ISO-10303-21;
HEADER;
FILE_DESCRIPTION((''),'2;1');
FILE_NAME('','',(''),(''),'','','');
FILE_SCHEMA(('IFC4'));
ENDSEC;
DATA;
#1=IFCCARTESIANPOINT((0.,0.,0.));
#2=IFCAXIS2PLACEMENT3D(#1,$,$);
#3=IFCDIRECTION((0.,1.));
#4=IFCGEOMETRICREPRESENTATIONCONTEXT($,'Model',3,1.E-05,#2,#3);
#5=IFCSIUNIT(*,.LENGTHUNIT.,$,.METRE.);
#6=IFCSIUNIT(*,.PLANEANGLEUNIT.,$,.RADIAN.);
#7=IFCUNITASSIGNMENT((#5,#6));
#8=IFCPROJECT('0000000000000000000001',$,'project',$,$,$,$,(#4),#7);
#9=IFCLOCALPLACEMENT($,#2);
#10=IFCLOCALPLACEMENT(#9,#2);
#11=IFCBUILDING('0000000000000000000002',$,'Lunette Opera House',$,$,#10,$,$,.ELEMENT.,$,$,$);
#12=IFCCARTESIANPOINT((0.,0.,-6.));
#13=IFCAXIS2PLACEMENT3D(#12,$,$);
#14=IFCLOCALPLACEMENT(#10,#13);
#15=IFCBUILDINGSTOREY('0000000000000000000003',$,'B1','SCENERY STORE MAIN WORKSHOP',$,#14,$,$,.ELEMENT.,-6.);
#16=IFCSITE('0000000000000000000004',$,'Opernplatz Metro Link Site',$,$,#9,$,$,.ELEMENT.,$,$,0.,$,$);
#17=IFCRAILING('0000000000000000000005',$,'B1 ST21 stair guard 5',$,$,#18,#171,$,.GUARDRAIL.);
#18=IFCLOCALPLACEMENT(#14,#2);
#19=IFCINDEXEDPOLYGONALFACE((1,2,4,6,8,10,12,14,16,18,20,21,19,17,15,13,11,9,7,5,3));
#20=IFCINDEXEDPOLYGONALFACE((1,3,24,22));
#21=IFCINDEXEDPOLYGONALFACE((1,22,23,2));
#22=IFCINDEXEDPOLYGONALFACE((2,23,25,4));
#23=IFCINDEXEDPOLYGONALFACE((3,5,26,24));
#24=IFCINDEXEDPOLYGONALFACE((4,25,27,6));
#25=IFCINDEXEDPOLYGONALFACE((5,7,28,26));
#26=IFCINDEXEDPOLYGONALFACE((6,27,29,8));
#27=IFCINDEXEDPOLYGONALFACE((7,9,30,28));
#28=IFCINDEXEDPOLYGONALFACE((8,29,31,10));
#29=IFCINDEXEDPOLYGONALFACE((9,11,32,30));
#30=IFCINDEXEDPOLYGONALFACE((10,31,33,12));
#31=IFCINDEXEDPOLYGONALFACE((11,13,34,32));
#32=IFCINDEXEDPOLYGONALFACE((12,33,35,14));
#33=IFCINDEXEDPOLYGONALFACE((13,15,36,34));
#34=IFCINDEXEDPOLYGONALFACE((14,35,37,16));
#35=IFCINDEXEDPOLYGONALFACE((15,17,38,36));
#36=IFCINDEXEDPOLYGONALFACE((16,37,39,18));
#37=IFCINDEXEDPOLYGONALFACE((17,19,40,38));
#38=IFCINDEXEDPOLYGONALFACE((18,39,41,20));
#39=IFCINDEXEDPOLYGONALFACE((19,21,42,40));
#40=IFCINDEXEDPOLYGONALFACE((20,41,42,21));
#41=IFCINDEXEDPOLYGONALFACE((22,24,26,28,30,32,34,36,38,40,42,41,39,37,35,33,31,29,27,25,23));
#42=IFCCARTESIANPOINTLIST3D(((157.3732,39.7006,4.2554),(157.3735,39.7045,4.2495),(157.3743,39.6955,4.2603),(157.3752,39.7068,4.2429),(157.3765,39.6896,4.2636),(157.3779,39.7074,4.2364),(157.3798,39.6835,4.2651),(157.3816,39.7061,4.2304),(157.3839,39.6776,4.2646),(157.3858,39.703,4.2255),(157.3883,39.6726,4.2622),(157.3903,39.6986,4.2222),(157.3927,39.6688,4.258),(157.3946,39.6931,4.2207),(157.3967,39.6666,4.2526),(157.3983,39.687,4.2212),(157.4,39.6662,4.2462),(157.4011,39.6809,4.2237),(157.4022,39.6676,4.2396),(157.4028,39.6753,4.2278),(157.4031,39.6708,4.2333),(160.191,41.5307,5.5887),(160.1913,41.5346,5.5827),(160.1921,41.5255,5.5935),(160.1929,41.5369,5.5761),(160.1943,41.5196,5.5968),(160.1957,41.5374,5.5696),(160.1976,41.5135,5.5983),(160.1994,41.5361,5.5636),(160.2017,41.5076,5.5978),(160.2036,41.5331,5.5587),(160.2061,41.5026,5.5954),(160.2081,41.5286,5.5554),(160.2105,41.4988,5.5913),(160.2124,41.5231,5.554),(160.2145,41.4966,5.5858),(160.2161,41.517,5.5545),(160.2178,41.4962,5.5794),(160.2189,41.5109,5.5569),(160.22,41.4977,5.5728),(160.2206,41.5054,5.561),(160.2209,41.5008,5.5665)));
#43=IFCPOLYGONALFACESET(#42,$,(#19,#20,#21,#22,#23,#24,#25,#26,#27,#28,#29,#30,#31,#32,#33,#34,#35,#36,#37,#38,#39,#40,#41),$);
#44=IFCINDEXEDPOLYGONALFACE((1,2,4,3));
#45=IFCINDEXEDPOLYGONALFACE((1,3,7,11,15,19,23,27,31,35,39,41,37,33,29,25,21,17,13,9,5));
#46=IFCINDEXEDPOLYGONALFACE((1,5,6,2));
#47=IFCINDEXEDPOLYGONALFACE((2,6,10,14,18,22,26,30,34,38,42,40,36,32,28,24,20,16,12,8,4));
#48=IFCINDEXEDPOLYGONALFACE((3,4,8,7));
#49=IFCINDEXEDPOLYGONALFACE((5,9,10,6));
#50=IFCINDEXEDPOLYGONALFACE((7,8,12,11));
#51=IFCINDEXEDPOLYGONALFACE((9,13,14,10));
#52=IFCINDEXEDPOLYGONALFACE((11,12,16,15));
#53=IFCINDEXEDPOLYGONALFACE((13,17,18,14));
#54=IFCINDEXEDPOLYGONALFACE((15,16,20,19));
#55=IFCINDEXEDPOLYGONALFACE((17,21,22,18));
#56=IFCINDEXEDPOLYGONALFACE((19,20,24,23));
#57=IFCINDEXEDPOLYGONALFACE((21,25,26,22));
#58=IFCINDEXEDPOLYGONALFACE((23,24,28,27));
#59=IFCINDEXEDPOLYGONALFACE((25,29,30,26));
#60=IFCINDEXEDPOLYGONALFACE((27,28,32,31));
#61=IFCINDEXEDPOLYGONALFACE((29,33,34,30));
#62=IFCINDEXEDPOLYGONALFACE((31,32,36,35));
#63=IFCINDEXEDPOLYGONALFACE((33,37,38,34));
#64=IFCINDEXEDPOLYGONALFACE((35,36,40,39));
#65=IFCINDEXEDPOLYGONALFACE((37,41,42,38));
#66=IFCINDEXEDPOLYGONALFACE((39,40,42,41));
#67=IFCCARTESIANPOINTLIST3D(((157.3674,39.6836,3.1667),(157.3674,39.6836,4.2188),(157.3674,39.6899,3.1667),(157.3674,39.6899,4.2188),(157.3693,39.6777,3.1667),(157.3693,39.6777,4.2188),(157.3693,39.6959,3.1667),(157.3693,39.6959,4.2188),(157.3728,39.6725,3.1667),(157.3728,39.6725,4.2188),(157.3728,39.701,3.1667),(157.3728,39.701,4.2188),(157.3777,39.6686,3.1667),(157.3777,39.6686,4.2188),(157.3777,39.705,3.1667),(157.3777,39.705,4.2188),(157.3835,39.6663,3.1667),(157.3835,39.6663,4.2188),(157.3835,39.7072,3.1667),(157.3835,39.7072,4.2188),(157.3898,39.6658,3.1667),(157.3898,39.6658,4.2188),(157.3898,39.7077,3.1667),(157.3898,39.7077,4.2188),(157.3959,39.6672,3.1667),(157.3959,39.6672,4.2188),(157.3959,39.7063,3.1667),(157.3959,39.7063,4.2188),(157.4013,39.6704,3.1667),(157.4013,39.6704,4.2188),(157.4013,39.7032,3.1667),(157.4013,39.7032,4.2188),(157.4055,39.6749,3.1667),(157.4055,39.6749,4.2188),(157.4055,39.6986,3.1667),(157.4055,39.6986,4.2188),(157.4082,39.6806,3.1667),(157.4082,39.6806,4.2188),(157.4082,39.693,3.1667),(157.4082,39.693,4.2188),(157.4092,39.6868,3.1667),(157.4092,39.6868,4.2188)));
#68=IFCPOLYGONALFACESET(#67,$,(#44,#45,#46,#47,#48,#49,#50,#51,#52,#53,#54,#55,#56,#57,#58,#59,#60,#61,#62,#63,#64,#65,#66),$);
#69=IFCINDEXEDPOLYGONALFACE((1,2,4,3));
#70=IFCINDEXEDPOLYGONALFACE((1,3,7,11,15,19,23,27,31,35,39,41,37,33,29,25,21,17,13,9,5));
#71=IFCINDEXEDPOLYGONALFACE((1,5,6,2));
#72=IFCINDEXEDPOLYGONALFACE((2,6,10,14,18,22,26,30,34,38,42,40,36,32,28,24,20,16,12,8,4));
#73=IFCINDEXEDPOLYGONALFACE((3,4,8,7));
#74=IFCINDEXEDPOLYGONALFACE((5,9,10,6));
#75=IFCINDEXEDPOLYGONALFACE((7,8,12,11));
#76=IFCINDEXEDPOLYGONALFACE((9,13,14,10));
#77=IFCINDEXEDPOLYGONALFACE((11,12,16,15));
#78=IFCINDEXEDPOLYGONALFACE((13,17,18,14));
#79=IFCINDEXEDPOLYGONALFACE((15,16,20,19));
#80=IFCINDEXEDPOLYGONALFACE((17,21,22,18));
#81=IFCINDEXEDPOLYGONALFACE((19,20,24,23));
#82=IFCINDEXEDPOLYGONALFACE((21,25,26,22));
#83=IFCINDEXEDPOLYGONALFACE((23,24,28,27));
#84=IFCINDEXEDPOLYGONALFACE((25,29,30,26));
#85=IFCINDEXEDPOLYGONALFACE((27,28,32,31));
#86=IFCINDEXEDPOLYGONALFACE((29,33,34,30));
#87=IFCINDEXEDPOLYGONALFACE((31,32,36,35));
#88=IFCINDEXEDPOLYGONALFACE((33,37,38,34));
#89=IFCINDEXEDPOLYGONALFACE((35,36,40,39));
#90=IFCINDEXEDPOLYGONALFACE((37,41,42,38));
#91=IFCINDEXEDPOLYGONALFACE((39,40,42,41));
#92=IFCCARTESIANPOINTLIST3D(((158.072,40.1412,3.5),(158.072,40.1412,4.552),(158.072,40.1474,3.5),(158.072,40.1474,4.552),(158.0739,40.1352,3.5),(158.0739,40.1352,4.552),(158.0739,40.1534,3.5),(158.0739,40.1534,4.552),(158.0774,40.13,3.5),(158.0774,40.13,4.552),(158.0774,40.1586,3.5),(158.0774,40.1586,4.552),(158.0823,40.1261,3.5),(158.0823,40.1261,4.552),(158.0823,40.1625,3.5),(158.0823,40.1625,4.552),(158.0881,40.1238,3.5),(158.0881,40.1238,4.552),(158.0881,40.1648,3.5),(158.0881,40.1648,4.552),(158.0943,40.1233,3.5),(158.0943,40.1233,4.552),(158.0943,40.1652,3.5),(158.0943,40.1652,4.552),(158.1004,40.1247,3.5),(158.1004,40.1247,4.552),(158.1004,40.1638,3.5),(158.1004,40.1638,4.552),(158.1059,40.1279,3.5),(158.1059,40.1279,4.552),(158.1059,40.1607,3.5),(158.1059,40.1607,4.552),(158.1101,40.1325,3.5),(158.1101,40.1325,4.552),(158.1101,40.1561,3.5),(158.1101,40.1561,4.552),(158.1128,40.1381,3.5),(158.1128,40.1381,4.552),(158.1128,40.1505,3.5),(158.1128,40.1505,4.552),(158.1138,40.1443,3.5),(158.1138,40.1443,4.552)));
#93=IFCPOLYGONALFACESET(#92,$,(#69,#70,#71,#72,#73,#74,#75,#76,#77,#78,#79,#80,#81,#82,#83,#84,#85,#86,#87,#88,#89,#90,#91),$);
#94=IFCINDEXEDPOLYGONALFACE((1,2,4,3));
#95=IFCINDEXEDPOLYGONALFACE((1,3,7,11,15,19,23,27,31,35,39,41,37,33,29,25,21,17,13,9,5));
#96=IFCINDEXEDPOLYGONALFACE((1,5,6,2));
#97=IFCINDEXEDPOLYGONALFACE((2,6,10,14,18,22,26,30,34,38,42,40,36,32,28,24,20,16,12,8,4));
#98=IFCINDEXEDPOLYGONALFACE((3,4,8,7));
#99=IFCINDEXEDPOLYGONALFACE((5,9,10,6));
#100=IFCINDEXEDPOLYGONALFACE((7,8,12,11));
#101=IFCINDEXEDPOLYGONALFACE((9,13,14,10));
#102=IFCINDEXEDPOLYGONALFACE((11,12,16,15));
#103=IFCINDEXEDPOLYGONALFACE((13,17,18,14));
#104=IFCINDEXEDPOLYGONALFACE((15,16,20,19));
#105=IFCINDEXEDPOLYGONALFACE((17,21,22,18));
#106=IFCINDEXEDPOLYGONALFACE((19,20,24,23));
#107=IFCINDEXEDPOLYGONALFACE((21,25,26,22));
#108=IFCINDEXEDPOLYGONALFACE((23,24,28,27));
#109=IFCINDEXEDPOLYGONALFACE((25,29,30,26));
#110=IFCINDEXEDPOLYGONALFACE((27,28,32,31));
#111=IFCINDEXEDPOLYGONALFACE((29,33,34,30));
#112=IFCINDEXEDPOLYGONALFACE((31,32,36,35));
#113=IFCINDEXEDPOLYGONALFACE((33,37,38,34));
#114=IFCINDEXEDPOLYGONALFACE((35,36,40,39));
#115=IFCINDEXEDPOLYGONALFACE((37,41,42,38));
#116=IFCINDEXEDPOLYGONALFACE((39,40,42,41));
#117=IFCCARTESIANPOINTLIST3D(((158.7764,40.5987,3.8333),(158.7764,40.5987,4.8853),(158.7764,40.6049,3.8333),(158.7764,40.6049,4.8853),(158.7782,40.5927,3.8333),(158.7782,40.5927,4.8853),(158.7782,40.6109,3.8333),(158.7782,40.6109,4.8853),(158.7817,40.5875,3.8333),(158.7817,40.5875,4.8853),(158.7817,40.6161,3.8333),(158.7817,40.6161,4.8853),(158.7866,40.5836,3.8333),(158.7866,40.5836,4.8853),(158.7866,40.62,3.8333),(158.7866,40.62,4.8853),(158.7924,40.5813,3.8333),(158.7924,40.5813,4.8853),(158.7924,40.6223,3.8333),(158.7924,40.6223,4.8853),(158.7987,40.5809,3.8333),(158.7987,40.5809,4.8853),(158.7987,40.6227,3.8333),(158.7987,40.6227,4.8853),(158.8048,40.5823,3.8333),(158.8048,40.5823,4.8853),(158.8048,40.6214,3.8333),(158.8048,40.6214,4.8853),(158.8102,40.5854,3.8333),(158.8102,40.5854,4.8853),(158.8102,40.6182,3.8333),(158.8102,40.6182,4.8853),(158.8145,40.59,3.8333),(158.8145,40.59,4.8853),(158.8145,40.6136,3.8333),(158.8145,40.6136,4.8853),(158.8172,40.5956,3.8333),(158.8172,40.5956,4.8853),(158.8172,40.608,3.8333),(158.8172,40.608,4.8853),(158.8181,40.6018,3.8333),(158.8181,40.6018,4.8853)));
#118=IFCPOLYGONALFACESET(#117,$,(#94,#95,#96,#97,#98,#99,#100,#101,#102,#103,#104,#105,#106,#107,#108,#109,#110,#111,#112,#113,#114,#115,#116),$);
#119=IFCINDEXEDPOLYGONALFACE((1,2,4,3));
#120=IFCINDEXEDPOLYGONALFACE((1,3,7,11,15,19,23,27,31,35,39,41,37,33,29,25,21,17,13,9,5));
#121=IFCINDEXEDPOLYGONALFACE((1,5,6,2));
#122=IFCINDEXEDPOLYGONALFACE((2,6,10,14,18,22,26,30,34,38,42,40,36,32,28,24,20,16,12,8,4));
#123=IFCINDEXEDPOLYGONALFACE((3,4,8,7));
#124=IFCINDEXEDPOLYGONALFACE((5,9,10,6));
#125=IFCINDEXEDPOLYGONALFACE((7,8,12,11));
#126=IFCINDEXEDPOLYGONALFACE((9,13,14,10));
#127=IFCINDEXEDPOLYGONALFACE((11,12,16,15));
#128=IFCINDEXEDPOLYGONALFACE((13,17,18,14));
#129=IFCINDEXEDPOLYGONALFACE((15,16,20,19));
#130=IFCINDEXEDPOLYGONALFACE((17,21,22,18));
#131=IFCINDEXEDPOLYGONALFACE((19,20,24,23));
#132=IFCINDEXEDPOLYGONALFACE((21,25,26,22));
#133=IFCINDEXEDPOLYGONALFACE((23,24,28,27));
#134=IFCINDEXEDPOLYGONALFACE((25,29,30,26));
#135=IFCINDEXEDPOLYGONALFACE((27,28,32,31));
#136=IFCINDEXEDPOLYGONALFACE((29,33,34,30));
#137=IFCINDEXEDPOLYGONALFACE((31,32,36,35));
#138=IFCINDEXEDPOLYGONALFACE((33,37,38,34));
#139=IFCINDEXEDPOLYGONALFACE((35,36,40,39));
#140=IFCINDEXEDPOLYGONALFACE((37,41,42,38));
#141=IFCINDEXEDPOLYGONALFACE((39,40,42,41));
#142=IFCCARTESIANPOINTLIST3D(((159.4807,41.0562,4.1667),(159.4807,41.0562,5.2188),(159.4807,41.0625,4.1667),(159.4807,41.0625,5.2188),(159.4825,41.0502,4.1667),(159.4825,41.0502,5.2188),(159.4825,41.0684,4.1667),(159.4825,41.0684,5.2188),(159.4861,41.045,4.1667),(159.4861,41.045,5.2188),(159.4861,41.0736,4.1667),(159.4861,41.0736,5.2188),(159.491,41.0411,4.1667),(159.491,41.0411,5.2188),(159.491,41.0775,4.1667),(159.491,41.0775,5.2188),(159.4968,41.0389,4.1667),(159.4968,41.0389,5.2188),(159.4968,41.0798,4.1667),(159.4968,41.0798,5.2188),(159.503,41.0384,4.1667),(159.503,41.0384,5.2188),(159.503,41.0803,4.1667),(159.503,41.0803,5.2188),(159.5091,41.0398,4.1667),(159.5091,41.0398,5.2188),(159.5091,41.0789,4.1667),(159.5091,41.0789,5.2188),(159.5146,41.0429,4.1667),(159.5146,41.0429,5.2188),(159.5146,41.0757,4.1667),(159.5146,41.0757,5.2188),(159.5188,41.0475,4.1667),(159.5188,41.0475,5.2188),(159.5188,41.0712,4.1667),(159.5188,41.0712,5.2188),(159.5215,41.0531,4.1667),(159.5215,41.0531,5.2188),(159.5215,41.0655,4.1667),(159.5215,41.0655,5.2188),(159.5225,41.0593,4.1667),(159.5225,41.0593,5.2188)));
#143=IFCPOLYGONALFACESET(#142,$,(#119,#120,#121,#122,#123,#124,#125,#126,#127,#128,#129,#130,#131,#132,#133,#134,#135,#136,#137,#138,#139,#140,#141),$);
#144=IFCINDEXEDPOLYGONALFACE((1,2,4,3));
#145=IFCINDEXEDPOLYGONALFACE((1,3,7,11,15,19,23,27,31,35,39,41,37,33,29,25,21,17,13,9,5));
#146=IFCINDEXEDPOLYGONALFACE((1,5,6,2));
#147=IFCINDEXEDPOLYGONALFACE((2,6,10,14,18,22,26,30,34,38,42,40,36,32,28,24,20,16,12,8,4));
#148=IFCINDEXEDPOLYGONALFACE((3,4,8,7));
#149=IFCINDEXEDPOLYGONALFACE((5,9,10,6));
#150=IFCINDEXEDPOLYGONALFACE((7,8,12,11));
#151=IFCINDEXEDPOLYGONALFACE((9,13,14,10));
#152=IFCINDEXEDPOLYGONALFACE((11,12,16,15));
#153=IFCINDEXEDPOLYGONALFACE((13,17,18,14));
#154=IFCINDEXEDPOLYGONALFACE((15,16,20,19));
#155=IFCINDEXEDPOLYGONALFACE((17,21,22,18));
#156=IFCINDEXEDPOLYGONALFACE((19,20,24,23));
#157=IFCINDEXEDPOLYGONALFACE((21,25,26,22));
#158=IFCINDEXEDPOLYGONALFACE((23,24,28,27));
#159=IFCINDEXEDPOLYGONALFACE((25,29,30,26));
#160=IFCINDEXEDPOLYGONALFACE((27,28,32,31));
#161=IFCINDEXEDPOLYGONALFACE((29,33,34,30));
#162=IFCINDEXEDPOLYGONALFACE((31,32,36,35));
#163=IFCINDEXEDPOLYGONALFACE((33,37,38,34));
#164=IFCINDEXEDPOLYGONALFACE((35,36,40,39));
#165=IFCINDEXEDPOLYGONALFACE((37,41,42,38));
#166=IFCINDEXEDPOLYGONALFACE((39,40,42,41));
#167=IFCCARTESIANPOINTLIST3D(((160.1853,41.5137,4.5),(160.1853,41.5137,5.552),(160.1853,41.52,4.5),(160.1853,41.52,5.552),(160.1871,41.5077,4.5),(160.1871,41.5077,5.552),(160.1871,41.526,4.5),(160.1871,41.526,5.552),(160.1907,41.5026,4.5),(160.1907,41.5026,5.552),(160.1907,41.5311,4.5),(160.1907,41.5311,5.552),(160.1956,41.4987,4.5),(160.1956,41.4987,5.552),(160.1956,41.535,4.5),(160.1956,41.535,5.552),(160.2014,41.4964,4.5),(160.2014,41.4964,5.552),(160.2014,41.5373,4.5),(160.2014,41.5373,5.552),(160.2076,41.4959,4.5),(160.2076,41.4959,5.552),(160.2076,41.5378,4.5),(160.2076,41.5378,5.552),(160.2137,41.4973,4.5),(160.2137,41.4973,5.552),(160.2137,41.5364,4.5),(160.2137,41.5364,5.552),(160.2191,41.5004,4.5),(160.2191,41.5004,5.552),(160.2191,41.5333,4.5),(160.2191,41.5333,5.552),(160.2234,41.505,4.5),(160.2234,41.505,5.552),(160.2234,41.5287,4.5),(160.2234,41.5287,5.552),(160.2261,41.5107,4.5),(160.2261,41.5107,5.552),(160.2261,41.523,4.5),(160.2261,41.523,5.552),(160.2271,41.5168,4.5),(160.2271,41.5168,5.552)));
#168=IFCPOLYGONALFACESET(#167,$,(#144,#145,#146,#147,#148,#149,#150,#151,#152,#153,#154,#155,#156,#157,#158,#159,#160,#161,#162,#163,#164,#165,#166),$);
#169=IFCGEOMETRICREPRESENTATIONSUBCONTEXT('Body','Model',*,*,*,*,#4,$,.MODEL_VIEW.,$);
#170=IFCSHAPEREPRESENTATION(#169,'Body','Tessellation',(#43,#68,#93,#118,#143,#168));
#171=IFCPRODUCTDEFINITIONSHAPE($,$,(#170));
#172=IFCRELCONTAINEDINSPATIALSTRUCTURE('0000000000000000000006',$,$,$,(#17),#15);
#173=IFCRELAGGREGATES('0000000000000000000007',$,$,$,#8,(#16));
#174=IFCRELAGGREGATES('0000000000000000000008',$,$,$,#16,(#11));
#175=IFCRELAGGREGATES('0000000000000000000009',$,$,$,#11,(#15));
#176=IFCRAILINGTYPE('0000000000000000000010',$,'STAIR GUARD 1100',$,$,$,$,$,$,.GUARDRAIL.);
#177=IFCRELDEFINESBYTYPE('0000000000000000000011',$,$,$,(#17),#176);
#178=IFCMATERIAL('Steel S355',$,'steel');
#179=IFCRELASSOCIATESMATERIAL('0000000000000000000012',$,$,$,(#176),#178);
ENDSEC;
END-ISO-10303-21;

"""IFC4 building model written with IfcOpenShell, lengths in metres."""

from ifc_helpers import new_model, si_unit, direction, frame, origin, origin_2d, place, context, subcontext, project, spatial, circle, extrude, material, type_object, element, save


model = new_model("IFC4")

# Units and contexts
model_context = context("Model", 3, precision=1e-05, world=origin(), true_north=direction((0.0, 1.0)))
body_context = subcontext(model_context, "Body", "Model", "MODEL_VIEW")
ifc_project = project(units=[si_unit("LENGTHUNIT", "METRE"), si_unit("PLANEANGLEUNIT", "RADIAN")], contexts=[model_context])

# Site, building, storey
site_placement = place(None, origin())
site = spatial("IfcSite", under=ifc_project, at=site_placement, Name="Opernplatz Metro Link Site", CompositionType="ELEMENT", RefElevation=0.0)
building_placement = place(site_placement, origin())
building = spatial("IfcBuilding", under=site, at=building_placement, Name="Lunette Opera House", CompositionType="ELEMENT")
storey_placement = place(building_placement, frame((0.0, 0.0, -6.0)))
storey = spatial("IfcBuildingStorey", under=building, at=storey_placement, Name="B1", Description="SCENERY STORE MAIN WORKSHOP", CompositionType="ELEMENT", Elevation=-6.0)

# Railing
ifc_material_1 = material(Name="Steel S355", Category="steel")
railing_type_1 = type_object("IfcRailingType", Name="STAIR GUARD 1100", PredefinedType="GUARDRAIL", material=ifc_material_1)
railing_1_placement = place(storey_placement, frame((157.3882, 39.6868, 3.1667)))
element("IfcRailing", 1, at=railing_1_placement, inside=storey, type_object=railing_type_1, Name="B1 ST21 stair guard 5", PredefinedType="GUARDRAIL", context=body_context, shape_type="SweptSolid", body=[
    extrude(circle(Radius=0.0239, at=origin_2d()), frame((0.0, 0.0, 1.0762), z_axis=(0.779526, 0.506267, 0.368826), x_axis=(-0.544667, 0.838653, 0.0)), (0.0, 0.0, 1.0), 3.6147),
    extrude(circle(Radius=0.021, at=origin_2d()), origin(), (0.0, 0.0, 1.0), 1.052),
    extrude(circle(Radius=0.021, at=origin_2d()), frame((0.7046, 0.4575, 0.3333)), (0.0, 0.0, 1.0), 1.052),
    extrude(circle(Radius=0.021, at=origin_2d()), frame((1.4089, 0.915, 0.6665)), (0.0, 0.0, 1.0), 1.052),
    extrude(circle(Radius=0.021, at=origin_2d()), frame((2.1133, 1.3726, 1.0)), (0.0, 0.0, 1.0), 1.052),
    extrude(circle(Radius=0.021, at=origin_2d()), frame((2.8179, 1.8301, 1.3333)), (0.0, 0.0, 1.0), 1.052),
])

save(model, "model.ifc")
